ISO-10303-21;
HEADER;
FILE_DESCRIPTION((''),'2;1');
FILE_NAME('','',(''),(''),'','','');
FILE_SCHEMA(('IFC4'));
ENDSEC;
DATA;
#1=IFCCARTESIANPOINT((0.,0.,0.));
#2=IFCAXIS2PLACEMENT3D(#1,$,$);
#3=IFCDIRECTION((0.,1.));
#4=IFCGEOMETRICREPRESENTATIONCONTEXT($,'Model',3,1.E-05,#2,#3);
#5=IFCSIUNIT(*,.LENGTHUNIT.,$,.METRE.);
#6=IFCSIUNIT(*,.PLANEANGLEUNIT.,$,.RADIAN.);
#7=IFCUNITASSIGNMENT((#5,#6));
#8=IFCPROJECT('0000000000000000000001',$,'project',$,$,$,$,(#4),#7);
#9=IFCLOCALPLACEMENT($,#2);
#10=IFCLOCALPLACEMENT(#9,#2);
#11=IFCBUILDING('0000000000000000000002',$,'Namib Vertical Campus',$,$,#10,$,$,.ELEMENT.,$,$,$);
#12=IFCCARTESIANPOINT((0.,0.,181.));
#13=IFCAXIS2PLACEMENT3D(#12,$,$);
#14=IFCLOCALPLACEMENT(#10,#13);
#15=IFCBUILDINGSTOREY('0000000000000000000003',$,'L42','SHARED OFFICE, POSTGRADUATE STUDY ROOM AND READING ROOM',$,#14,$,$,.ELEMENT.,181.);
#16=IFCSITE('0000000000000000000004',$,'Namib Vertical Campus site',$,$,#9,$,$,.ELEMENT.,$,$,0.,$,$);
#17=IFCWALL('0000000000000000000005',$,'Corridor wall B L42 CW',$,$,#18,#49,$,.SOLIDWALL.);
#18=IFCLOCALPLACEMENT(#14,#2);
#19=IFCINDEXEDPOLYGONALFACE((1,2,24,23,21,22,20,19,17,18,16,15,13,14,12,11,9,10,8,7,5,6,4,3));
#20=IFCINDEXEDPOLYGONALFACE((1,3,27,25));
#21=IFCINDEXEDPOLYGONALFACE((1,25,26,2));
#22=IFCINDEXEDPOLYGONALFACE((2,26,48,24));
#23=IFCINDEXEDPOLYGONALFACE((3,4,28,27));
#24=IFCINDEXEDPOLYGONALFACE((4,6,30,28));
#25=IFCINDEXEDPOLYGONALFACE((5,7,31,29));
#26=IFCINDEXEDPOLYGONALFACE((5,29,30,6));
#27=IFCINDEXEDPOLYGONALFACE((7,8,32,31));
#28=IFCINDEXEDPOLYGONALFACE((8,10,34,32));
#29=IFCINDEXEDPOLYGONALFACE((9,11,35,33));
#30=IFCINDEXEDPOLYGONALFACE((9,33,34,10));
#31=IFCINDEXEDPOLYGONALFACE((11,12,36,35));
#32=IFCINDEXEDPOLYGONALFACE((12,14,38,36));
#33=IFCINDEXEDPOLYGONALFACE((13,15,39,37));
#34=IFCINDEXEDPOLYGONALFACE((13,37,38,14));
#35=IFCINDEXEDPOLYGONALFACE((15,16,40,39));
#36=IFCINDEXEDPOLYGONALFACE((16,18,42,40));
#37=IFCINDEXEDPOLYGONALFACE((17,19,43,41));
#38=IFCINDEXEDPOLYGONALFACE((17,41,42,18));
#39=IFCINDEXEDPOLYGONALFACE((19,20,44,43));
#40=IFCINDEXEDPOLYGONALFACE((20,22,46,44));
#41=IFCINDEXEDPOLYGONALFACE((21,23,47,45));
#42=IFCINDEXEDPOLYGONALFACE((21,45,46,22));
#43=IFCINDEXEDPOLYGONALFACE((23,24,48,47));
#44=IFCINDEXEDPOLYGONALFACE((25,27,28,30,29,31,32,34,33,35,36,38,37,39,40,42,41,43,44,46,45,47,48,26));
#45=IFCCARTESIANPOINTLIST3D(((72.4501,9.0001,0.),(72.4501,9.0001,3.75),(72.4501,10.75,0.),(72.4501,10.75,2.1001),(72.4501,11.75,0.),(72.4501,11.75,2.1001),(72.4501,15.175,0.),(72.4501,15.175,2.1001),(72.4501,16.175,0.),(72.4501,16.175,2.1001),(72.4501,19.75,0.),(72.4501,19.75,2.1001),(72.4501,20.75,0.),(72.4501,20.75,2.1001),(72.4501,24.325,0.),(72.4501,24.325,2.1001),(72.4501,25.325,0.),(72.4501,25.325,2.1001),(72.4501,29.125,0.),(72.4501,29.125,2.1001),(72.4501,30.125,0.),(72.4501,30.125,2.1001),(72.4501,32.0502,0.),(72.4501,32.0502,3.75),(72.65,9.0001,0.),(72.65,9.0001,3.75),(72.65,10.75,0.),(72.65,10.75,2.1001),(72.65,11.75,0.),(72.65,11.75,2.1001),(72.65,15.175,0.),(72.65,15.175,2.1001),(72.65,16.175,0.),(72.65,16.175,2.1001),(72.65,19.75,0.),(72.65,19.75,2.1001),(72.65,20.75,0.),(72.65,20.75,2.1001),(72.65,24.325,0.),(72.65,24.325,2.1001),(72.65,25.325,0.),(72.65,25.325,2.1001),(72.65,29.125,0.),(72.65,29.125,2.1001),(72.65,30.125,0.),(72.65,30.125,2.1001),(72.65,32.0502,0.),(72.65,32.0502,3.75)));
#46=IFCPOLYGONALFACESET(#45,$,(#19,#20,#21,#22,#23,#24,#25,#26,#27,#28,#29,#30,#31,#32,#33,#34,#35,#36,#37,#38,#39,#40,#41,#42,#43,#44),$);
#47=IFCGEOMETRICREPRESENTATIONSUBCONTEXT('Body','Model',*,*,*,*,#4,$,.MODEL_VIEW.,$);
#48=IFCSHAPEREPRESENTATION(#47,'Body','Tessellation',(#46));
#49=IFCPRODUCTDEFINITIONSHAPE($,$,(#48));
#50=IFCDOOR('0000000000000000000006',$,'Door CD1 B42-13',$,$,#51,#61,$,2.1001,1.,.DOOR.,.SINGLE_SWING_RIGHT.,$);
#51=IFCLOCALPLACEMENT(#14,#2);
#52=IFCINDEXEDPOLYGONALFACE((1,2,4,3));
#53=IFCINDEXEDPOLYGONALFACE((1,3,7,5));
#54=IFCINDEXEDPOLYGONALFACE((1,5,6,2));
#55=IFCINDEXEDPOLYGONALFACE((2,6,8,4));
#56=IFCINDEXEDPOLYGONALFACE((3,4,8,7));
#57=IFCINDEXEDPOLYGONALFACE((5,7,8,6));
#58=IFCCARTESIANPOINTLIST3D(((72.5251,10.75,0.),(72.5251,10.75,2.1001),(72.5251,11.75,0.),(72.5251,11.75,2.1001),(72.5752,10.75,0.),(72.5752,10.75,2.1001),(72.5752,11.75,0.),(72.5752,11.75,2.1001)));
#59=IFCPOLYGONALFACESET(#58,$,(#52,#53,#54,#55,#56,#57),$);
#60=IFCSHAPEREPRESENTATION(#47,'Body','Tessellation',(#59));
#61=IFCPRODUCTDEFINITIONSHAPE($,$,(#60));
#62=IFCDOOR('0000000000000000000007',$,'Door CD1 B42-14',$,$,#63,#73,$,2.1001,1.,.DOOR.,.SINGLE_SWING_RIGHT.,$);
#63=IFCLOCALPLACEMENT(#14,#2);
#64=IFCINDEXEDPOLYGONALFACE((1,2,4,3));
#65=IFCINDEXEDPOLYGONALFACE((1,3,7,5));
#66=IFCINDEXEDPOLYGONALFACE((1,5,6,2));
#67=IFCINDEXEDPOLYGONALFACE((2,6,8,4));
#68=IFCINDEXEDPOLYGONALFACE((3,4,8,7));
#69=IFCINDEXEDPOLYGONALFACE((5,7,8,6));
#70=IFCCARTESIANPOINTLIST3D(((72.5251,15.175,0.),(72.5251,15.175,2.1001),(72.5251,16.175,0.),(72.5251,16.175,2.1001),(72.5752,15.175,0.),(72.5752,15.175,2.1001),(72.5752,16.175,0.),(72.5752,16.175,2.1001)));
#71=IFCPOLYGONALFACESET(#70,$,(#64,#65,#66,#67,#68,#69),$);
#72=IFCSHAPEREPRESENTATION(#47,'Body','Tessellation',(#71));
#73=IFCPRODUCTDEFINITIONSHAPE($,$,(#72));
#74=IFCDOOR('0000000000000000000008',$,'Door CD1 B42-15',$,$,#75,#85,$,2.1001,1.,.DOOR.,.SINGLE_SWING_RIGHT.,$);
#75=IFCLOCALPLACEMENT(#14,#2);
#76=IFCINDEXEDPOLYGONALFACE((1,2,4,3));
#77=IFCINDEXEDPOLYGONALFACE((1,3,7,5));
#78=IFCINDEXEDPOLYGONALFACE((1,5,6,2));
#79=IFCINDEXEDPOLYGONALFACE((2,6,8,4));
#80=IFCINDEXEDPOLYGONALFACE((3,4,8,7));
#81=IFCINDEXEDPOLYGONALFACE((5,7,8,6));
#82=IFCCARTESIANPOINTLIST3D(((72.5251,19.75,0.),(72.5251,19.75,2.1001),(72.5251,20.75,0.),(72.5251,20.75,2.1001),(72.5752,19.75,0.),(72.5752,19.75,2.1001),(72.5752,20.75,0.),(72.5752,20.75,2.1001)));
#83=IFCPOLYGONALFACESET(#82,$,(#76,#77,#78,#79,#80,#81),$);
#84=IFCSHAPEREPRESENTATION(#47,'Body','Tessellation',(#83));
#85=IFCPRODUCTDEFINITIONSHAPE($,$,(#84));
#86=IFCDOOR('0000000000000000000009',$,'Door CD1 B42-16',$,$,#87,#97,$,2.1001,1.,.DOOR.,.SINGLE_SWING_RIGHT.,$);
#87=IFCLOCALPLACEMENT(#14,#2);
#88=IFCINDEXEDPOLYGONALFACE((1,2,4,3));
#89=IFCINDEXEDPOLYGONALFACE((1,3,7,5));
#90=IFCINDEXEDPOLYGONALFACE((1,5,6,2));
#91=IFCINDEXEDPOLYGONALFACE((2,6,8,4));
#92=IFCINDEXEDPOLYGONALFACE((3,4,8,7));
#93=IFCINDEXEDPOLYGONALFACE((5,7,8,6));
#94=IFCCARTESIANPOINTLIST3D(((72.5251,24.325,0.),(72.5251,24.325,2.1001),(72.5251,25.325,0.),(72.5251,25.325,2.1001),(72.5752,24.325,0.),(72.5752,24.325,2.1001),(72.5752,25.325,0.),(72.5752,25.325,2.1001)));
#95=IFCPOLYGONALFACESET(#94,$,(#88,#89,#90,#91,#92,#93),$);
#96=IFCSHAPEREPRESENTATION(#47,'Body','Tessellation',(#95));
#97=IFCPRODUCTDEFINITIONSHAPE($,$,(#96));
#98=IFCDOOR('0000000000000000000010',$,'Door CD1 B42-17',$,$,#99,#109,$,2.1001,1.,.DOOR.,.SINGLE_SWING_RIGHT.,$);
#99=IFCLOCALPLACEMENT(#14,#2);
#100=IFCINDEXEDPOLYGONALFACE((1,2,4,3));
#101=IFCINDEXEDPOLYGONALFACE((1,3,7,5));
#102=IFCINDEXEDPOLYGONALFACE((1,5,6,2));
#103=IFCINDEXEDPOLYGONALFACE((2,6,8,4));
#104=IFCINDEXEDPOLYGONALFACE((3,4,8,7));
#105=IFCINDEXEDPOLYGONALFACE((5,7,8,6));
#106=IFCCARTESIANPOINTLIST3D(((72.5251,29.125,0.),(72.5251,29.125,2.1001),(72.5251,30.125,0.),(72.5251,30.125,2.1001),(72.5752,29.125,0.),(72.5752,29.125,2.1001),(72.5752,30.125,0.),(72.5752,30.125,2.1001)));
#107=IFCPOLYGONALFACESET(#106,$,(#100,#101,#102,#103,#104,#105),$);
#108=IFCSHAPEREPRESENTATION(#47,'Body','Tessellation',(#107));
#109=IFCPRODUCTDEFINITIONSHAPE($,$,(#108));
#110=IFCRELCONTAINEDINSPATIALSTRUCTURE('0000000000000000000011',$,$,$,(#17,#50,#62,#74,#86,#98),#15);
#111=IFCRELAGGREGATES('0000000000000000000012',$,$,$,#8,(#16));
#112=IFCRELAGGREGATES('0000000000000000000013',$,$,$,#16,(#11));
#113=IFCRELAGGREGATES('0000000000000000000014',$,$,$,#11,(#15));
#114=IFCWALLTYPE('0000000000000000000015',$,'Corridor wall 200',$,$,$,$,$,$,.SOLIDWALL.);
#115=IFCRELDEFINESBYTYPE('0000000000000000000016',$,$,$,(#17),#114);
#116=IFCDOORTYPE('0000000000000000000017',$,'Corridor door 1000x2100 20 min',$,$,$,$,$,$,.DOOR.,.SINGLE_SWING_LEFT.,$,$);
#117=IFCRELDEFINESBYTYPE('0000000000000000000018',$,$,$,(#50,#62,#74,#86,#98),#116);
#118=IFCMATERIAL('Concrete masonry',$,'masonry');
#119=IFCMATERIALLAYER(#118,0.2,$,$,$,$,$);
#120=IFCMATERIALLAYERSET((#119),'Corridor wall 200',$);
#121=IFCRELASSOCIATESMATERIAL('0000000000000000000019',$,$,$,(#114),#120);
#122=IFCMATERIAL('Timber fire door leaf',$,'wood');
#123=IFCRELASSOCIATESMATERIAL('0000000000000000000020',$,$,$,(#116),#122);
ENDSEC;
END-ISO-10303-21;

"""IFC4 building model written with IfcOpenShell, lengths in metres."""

from ifc_helpers import new_model, si_unit, direction, frame, frame_2d, origin, place, context, subcontext, project, spatial, rectangle, extrude, material, layer, layer_set, type_object, element, fill, save


model = new_model("IFC4")

# Units and contexts
model_context = context("Model", 3, precision=1e-05, world=origin(), true_north=direction((0.0, 1.0)))
body_context = subcontext(model_context, "Body", "Model", "MODEL_VIEW")
ifc_project = project(units=[si_unit("LENGTHUNIT", "METRE"), si_unit("PLANEANGLEUNIT", "RADIAN")], contexts=[model_context])

# Site, building, storey
site_placement = place(None, origin())
site = spatial("IfcSite", under=ifc_project, at=site_placement, Name="Namib Vertical Campus site", CompositionType="ELEMENT", RefElevation=0.0)
building_placement = place(site_placement, origin())
building = spatial("IfcBuilding", under=site, at=building_placement, Name="Namib Vertical Campus", CompositionType="ELEMENT")
storey_placement = place(building_placement, frame((0.0, 0.0, 181.0)))
storey = spatial("IfcBuildingStorey", under=building, at=storey_placement, Name="L42", Description="SHARED OFFICE, POSTGRADUATE STUDY ROOM AND READING ROOM", CompositionType="ELEMENT", Elevation=181.0)

# Wall, openings, doors
ifc_material_1 = material(Name="Concrete masonry", Category="masonry")
ifc_layer_1 = layer(ifc_material_1, 0.2)
ifc_layer_set_1 = layer_set([ifc_layer_1], Name="Corridor wall 200")
wall_type_1 = type_object("IfcWallType", Name="Corridor wall 200", PredefinedType="SOLIDWALL", material=ifc_layer_set_1)
ifc_material_2 = material(Name="Timber fire door leaf", Category="wood")
door_type_1 = type_object("IfcDoorType", Name="Corridor door 1000x2100 20 min", OperationType="SINGLE_SWING_LEFT", PredefinedType="DOOR", material=ifc_material_2)
wall_1_placement = place(storey_placement, frame((72.55, 32.05, 0.0), z_axis=(0.0, 0.0, 1.0), x_axis=(0.0, -1.0, 0.0)))
wall_1 = element("IfcWall", 1, at=wall_1_placement, inside=storey, type_object=wall_type_1, Name="Corridor wall B L42 CW", PredefinedType="SOLIDWALL", context=body_context, shape_type="SweptSolid", body=[
    extrude(rectangle(XDim=23.05, YDim=0.2, at=frame_2d((11.5249, 0.0))), origin(), (0.0, 0.0, 1.0), 3.75),
])
opening_1_placement = place(wall_1_placement, frame((20.3, 0.0, 0.0)))
opening_1 = element("IfcOpeningElement", 2, at=opening_1_placement, cuts=wall_1, PredefinedType="OPENING", context=body_context, shape_type="SweptSolid", body=[
    extrude(rectangle(XDim=1.0, YDim=2.1001, at=frame_2d((0.5, 1.05))), frame((0.0, 0.1099, 0.0), z_axis=(0.0, -1.0, 0.0), x_axis=(1.0, 0.0, 0.0)), (0.0, 0.0, 1.0), 0.22),
])
opening_2_placement = place(wall_1_placement, frame((15.875, 0.0, 0.0)))
opening_2 = element("IfcOpeningElement", 3, at=opening_2_placement, cuts=wall_1, PredefinedType="OPENING", context=body_context, shape_type="SweptSolid", body=[
    extrude(rectangle(XDim=1.0, YDim=2.1001, at=frame_2d((0.5, 1.05))), frame((0.0, 0.1099, 0.0), z_axis=(0.0, -1.0, 0.0), x_axis=(1.0, 0.0, 0.0)), (0.0, 0.0, 1.0), 0.22),
])
opening_3_placement = place(wall_1_placement, frame((11.3, 0.0, 0.0)))
opening_3 = element("IfcOpeningElement", 4, at=opening_3_placement, cuts=wall_1, PredefinedType="OPENING", context=body_context, shape_type="SweptSolid", body=[
    extrude(rectangle(XDim=1.0, YDim=2.1001, at=frame_2d((0.5, 1.05))), frame((0.0, 0.1099, 0.0), z_axis=(0.0, -1.0, 0.0), x_axis=(1.0, 0.0, 0.0)), (0.0, 0.0, 1.0), 0.22),
])
opening_4_placement = place(wall_1_placement, frame((6.7251, 0.0, 0.0)))
opening_4 = element("IfcOpeningElement", 5, at=opening_4_placement, cuts=wall_1, PredefinedType="OPENING", context=body_context, shape_type="SweptSolid", body=[
    extrude(rectangle(XDim=1.0, YDim=2.1001, at=frame_2d((0.5, 1.05))), frame((0.0, 0.1099, 0.0), z_axis=(0.0, -1.0, 0.0), x_axis=(1.0, 0.0, 0.0)), (0.0, 0.0, 1.0), 0.22),
])
opening_5_placement = place(wall_1_placement, frame((1.925, 0.0, 0.0)))
opening_5 = element("IfcOpeningElement", 6, at=opening_5_placement, cuts=wall_1, PredefinedType="OPENING", context=body_context, shape_type="SweptSolid", body=[
    extrude(rectangle(XDim=1.0, YDim=2.1001, at=frame_2d((0.5, 1.05))), frame((0.0, 0.1099, 0.0), z_axis=(0.0, -1.0, 0.0), x_axis=(1.0, 0.0, 0.0)), (0.0, 0.0, 1.0), 0.22),
])
door_1_placement = place(opening_1_placement, frame((1.0, 0.0, 0.0), z_axis=(0.0, 0.0, 1.0), x_axis=(-1.0, 0.0, 0.0)))
door_1 = element("IfcDoor", 7, at=door_1_placement, inside=storey, type_object=door_type_1, Name="Door CD1 B42-13", OperationType="SINGLE_SWING_RIGHT", OverallHeight=2.1001, OverallWidth=1.0, PredefinedType="DOOR", context=body_context, shape_type="SweptSolid", body=[
    extrude(rectangle(XDim=1.0, YDim=2.1001, at=frame_2d((0.5, 1.05))), frame((0.0, 0.0249, 0.0), z_axis=(0.0, -1.0, 0.0), x_axis=(1.0, 0.0, 0.0)), (0.0, 0.0, 1.0), 0.05),
])
fill(opening_1, door_1)
door_2_placement = place(opening_2_placement, frame((1.0, 0.0, 0.0), z_axis=(0.0, 0.0, 1.0), x_axis=(-1.0, 0.0, 0.0)))
door_2 = element("IfcDoor", 8, at=door_2_placement, inside=storey, type_object=door_type_1, Name="Door CD1 B42-14", OperationType="SINGLE_SWING_RIGHT", OverallHeight=2.1001, OverallWidth=1.0, PredefinedType="DOOR", context=body_context, shape_type="SweptSolid", body=[
    extrude(rectangle(XDim=1.0, YDim=2.1001, at=frame_2d((0.5, 1.05))), frame((0.0, 0.0249, 0.0), z_axis=(0.0, -1.0, 0.0), x_axis=(1.0, 0.0, 0.0)), (0.0, 0.0, 1.0), 0.05),
])
fill(opening_2, door_2)
door_3_placement = place(opening_3_placement, frame((1.0, 0.0, 0.0), z_axis=(0.0, 0.0, 1.0), x_axis=(-1.0, 0.0, 0.0)))
door_3 = element("IfcDoor", 9, at=door_3_placement, inside=storey, type_object=door_type_1, Name="Door CD1 B42-15", OperationType="SINGLE_SWING_RIGHT", OverallHeight=2.1001, OverallWidth=1.0, PredefinedType="DOOR", context=body_context, shape_type="SweptSolid", body=[
    extrude(rectangle(XDim=1.0, YDim=2.1001, at=frame_2d((0.5, 1.05))), frame((0.0, 0.0249, 0.0), z_axis=(0.0, -1.0, 0.0), x_axis=(1.0, 0.0, 0.0)), (0.0, 0.0, 1.0), 0.05),
])
fill(opening_3, door_3)
door_4_placement = place(opening_4_placement, frame((1.0, 0.0, 0.0), z_axis=(0.0, 0.0, 1.0), x_axis=(-1.0, 0.0, 0.0)))
door_4 = element("IfcDoor", 10, at=door_4_placement, inside=storey, type_object=door_type_1, Name="Door CD1 B42-16", OperationType="SINGLE_SWING_RIGHT", OverallHeight=2.1001, OverallWidth=1.0, PredefinedType="DOOR", context=body_context, shape_type="SweptSolid", body=[
    extrude(rectangle(XDim=1.0, YDim=2.1001, at=frame_2d((0.5, 1.05))), frame((0.0, 0.0249, 0.0), z_axis=(0.0, -1.0, 0.0), x_axis=(1.0, 0.0, 0.0)), (0.0, 0.0, 1.0), 0.05),
])
fill(opening_4, door_4)
door_5_placement = place(opening_5_placement, frame((1.0, 0.0, 0.0), z_axis=(0.0, 0.0, 1.0), x_axis=(-1.0, 0.0, 0.0)))
door_5 = element("IfcDoor", 11, at=door_5_placement, inside=storey, type_object=door_type_1, Name="Door CD1 B42-17", OperationType="SINGLE_SWING_RIGHT", OverallHeight=2.1001, OverallWidth=1.0, PredefinedType="DOOR", context=body_context, shape_type="SweptSolid", body=[
    extrude(rectangle(XDim=1.0, YDim=2.1001, at=frame_2d((0.5, 1.05))), frame((0.0, 0.0249, 0.0), z_axis=(0.0, -1.0, 0.0), x_axis=(1.0, 0.0, 0.0)), (0.0, 0.0, 1.0), 0.05),
])
fill(opening_5, door_5)

save(model, "model.ifc")
